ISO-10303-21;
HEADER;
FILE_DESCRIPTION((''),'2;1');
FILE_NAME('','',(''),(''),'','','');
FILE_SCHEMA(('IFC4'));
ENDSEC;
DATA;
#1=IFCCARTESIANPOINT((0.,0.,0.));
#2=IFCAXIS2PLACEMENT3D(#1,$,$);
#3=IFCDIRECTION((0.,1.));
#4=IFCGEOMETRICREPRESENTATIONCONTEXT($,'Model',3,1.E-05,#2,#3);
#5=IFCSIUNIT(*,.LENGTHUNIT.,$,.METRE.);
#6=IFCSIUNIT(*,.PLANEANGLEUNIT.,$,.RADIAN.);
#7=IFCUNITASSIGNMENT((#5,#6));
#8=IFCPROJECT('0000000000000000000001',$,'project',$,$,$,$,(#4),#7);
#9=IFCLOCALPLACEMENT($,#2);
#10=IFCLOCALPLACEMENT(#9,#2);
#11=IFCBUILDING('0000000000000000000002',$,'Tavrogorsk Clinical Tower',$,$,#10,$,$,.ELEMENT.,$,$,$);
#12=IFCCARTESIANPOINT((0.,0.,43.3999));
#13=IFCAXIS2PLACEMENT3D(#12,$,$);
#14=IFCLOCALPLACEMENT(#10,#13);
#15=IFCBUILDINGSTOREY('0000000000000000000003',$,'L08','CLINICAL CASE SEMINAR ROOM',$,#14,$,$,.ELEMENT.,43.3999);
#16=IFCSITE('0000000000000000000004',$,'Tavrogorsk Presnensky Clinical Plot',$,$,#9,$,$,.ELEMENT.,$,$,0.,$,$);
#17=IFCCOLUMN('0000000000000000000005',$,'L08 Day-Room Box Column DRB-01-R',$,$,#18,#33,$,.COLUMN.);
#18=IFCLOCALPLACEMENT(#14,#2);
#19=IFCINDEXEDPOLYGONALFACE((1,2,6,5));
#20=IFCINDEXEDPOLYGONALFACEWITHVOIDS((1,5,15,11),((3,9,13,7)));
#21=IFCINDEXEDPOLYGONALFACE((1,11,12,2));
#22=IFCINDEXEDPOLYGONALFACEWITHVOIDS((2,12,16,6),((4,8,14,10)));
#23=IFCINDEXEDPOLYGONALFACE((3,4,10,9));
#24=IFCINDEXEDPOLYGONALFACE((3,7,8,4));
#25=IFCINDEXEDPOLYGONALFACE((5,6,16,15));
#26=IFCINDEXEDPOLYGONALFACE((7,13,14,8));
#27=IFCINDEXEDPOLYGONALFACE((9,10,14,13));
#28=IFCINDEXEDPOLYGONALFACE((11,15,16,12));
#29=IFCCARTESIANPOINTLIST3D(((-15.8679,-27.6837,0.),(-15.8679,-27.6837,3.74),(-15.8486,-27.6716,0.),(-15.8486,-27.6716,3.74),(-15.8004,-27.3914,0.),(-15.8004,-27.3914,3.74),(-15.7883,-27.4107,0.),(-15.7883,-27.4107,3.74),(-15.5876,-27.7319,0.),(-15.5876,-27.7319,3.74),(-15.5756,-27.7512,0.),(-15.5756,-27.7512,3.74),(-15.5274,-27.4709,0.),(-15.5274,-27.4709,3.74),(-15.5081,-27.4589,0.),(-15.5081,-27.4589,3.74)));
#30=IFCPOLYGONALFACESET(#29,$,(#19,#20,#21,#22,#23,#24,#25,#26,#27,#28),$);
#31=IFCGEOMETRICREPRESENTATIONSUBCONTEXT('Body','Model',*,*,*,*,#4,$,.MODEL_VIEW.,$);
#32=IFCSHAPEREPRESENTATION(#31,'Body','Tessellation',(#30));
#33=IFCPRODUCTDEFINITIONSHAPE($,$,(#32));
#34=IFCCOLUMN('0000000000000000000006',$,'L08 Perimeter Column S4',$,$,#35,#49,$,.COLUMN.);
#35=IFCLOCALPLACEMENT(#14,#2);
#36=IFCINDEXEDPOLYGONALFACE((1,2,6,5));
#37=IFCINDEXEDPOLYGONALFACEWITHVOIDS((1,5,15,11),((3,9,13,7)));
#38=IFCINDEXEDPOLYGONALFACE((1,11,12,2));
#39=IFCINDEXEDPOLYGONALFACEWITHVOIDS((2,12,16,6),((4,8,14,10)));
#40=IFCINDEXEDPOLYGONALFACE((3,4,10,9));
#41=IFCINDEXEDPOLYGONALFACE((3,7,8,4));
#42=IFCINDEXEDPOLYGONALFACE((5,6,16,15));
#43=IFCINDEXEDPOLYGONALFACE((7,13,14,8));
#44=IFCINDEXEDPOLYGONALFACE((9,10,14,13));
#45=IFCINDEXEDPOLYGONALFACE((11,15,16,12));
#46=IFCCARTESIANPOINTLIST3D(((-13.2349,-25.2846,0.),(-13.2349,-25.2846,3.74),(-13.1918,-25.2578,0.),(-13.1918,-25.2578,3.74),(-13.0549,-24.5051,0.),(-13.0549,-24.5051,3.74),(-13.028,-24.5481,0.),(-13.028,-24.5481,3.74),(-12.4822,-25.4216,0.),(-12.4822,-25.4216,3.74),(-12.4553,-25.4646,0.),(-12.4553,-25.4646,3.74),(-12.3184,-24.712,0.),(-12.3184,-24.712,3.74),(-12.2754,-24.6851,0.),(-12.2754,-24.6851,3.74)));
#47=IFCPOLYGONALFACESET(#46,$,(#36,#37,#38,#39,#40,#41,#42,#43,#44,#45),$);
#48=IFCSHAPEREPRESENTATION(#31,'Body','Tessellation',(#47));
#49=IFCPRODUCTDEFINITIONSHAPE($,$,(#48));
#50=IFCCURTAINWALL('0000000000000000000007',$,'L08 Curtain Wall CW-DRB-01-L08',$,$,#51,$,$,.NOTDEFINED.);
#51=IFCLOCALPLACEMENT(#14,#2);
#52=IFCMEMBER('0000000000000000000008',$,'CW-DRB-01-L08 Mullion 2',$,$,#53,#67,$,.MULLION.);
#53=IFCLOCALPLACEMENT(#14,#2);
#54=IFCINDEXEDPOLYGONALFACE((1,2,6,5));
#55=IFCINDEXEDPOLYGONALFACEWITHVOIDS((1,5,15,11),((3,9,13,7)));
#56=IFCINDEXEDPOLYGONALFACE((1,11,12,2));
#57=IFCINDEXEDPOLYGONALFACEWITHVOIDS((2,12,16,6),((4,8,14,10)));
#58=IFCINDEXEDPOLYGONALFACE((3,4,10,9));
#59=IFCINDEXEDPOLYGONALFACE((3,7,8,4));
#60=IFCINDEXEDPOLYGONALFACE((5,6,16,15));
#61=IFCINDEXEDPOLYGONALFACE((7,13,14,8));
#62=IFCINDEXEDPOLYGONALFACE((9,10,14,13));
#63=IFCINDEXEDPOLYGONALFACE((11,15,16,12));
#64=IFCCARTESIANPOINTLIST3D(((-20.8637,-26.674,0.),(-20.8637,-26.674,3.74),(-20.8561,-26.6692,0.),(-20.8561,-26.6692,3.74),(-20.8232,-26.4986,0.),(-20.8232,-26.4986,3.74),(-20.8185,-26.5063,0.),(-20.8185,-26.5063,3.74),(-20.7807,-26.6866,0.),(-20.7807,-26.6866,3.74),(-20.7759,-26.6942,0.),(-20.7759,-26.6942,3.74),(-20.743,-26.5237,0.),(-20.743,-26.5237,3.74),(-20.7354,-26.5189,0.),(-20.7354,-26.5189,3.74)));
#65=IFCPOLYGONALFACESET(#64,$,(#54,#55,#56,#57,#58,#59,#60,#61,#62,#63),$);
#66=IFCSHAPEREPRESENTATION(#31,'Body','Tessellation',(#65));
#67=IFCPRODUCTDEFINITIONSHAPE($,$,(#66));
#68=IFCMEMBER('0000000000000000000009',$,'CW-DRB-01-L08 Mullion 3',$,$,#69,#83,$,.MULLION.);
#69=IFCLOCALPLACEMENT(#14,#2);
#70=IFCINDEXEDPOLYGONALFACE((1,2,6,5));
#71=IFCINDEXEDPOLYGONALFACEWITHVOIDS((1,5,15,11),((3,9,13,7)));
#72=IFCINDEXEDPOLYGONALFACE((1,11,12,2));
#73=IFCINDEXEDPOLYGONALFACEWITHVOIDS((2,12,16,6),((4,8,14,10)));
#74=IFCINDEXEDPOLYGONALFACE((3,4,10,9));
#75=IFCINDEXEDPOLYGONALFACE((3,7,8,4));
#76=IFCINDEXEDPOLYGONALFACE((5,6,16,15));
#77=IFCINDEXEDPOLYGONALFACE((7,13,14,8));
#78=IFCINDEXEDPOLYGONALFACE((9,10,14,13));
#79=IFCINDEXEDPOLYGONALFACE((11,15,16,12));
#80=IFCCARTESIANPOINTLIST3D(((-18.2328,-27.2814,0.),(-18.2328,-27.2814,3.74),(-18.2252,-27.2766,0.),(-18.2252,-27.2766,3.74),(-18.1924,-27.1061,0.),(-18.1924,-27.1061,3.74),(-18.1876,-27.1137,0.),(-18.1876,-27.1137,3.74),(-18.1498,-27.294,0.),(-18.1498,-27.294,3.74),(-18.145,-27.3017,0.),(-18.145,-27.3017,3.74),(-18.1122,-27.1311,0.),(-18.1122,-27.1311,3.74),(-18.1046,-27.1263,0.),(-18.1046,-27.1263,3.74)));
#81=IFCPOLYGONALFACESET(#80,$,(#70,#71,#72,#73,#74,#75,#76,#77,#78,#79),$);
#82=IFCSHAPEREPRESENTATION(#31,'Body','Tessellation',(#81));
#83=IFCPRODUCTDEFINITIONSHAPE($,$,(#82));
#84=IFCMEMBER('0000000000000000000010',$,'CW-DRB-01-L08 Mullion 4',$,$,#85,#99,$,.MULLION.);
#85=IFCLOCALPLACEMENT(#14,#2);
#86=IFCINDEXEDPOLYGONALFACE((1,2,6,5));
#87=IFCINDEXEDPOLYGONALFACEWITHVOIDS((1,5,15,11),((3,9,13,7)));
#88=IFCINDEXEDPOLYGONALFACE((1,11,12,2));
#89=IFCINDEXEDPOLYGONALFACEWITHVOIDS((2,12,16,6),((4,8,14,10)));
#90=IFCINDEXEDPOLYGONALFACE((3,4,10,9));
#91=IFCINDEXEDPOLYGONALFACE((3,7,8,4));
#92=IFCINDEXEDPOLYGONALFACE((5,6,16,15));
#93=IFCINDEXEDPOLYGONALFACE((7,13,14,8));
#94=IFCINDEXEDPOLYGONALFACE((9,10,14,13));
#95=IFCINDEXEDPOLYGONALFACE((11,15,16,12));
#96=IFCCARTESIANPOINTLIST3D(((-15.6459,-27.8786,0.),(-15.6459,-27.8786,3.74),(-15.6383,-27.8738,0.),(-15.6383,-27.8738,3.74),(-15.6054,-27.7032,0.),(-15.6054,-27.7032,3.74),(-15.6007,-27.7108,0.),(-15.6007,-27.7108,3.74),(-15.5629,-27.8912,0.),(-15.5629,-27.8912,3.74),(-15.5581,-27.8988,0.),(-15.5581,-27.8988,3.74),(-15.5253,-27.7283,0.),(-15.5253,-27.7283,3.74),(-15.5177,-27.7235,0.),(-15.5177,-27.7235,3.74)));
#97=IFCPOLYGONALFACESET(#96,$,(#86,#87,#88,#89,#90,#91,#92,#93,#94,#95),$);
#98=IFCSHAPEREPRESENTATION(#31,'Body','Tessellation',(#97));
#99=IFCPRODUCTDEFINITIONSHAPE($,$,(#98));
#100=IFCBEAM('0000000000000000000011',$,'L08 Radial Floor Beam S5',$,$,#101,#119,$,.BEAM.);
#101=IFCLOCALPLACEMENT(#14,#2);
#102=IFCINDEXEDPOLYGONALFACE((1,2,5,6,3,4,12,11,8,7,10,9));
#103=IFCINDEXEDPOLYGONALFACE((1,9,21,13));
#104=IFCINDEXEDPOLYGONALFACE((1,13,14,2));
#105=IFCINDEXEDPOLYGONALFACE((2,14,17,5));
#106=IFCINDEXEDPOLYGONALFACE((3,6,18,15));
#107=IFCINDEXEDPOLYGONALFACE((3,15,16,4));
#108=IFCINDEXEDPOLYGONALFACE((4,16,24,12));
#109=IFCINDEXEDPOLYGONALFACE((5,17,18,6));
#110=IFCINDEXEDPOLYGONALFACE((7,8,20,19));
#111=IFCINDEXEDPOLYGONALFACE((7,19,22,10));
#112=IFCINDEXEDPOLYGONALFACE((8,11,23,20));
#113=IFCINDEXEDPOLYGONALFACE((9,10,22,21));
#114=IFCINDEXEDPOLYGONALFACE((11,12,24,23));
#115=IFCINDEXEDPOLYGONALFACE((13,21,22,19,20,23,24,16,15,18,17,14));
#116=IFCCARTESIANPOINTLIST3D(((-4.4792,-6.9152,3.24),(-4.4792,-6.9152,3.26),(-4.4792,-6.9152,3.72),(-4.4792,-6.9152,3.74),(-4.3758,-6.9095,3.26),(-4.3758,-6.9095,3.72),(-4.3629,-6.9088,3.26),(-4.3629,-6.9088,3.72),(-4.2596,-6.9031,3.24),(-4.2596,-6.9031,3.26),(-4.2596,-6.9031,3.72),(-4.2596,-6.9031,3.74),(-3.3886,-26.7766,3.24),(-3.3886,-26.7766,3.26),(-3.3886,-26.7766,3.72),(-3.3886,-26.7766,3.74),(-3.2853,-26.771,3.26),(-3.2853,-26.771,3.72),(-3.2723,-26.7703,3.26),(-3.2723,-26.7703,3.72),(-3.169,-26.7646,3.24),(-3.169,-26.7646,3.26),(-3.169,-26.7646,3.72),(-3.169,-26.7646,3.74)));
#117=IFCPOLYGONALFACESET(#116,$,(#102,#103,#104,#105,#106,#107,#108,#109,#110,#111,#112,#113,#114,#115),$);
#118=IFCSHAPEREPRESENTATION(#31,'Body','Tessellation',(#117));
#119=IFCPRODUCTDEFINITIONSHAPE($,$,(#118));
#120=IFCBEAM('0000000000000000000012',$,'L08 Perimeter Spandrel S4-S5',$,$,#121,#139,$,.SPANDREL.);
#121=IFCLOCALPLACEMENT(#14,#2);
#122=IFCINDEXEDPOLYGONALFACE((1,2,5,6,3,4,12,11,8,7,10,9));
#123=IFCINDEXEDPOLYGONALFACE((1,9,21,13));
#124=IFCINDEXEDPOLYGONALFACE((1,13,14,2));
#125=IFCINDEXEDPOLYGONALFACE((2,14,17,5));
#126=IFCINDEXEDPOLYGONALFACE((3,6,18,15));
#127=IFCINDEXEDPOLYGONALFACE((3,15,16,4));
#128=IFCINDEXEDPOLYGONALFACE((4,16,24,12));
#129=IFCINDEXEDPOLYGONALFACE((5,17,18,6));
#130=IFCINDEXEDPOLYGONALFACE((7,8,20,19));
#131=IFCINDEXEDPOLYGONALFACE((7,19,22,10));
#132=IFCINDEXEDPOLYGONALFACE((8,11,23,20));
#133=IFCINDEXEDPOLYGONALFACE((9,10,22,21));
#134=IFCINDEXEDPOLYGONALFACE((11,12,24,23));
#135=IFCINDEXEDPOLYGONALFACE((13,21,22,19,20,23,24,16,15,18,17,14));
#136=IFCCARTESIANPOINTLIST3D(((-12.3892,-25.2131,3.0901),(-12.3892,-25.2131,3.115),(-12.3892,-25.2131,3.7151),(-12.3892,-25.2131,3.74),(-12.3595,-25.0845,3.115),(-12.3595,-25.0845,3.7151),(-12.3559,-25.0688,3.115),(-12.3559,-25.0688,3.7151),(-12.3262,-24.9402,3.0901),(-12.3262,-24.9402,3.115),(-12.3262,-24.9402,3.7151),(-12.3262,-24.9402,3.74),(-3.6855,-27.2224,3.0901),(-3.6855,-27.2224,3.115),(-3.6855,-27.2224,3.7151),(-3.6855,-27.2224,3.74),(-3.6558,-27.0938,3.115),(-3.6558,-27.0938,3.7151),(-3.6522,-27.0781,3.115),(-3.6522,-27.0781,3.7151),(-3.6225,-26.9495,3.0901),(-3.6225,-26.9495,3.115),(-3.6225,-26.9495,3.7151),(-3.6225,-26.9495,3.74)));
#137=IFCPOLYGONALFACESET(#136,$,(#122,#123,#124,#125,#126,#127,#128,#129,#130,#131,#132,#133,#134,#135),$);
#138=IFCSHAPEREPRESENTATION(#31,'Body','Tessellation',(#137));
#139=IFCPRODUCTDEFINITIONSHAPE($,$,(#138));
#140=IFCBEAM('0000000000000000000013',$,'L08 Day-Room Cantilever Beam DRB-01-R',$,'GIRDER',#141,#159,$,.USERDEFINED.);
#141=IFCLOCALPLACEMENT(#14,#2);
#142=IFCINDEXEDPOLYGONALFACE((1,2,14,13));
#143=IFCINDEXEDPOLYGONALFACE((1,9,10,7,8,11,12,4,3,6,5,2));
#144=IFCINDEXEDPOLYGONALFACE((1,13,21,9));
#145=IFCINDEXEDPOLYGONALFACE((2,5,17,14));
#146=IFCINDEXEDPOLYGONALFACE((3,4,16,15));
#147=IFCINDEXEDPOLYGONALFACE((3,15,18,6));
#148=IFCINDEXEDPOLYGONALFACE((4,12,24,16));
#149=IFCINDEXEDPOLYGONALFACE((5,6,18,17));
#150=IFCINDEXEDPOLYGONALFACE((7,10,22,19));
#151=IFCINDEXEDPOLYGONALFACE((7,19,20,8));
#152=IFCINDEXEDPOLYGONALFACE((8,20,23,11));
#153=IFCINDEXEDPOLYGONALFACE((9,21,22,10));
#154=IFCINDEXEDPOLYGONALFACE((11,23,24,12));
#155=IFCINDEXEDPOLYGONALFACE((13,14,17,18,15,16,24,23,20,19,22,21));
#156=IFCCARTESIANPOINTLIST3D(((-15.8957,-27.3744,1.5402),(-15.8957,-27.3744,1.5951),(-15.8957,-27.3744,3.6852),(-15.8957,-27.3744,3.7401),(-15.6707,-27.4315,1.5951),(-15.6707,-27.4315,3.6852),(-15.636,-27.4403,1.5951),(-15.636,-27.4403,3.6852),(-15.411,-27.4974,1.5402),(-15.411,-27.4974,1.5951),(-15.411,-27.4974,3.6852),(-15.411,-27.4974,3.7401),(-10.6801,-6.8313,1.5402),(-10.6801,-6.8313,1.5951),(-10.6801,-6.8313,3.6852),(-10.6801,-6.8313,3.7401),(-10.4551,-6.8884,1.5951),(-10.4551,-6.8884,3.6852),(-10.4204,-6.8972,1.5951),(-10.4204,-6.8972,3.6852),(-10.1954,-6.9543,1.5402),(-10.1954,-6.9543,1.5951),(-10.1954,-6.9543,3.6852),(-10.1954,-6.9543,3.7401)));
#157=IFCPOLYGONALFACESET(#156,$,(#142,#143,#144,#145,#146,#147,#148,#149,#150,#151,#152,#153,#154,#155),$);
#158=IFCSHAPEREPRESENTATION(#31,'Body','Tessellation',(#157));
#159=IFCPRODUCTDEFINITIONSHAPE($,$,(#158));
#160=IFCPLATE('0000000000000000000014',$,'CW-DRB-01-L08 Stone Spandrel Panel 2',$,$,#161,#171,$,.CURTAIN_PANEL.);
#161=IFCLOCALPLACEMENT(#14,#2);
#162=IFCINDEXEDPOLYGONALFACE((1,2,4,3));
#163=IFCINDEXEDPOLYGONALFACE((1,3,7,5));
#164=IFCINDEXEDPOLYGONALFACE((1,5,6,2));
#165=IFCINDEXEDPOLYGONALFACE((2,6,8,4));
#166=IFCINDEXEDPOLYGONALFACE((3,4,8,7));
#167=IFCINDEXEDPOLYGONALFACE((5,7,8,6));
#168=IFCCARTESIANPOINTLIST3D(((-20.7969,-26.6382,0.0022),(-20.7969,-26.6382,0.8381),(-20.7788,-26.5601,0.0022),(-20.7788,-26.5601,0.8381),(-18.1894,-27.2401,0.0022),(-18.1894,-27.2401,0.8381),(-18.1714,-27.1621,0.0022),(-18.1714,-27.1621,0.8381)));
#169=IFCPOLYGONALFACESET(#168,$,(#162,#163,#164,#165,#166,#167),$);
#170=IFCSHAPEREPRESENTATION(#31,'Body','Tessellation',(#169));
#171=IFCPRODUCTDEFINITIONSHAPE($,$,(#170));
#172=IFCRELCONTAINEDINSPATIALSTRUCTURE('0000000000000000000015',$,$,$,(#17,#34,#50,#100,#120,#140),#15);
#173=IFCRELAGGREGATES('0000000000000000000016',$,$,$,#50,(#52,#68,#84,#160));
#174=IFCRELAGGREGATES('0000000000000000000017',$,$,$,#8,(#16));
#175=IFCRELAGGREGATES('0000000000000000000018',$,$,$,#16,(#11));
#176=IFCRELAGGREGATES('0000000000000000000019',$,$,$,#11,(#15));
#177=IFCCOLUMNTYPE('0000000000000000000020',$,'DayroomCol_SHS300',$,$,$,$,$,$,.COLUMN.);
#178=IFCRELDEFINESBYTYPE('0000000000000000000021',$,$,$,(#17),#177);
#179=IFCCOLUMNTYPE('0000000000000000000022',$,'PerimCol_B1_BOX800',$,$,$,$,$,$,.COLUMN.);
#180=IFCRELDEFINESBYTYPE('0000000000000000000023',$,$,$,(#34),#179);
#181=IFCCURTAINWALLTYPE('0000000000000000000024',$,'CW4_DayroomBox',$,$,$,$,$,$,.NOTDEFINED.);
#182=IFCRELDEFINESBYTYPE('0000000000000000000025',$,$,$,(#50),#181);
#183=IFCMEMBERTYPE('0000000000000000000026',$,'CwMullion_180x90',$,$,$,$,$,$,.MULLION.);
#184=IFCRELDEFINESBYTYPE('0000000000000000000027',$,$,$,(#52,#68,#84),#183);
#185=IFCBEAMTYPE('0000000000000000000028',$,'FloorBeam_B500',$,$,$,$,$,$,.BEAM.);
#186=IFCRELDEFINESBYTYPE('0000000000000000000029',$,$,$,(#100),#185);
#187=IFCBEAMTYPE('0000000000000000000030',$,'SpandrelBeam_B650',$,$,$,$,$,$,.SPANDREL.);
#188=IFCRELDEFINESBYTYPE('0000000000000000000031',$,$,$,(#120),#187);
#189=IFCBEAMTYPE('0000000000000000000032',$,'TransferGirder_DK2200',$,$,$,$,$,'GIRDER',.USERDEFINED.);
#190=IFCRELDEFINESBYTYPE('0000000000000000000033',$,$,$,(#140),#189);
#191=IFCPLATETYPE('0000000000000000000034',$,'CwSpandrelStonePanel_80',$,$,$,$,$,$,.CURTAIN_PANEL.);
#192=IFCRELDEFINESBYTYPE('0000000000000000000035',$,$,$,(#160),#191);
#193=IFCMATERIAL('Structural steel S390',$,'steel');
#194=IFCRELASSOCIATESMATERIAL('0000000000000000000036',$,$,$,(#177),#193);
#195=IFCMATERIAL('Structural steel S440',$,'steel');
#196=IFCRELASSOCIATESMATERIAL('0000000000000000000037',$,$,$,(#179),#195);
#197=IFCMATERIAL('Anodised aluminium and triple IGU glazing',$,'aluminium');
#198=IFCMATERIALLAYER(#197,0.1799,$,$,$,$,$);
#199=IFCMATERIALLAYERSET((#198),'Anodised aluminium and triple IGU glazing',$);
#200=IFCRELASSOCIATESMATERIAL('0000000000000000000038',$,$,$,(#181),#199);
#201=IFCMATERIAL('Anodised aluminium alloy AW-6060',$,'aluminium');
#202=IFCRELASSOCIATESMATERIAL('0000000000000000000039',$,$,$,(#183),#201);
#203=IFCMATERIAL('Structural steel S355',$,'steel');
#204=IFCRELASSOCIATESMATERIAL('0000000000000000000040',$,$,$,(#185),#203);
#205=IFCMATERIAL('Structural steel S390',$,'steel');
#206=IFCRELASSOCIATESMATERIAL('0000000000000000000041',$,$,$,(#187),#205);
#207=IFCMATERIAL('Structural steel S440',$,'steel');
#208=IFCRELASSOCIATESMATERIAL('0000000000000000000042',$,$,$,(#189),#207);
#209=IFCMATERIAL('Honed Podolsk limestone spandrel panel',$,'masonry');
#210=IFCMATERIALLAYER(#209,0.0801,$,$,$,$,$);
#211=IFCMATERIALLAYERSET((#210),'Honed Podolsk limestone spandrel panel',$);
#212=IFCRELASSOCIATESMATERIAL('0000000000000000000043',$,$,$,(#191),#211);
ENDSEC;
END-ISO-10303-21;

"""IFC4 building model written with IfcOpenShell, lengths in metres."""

from ifc_helpers import new_model, si_unit, direction, frame, origin, origin_2d, place, context, subcontext, project, spatial, rectangle, hollow_rectangle, i_section, extrude, material, layer, layer_set, material_profile, profile_set, type_object, element, aggregate, save


model = new_model("IFC4")

# Units and contexts
model_context = context("Model", 3, precision=1e-05, world=origin(), true_north=direction((0.0, 1.0)))
body_context = subcontext(model_context, "Body", "Model", "MODEL_VIEW")
ifc_project = project(units=[si_unit("LENGTHUNIT", "METRE"), si_unit("PLANEANGLEUNIT", "RADIAN")], contexts=[model_context])

# Site, building, storey
site_placement = place(None, origin())
site = spatial("IfcSite", under=ifc_project, at=site_placement, Name="Tavrogorsk Presnensky Clinical Plot", CompositionType="ELEMENT", RefElevation=0.0)
building_placement = place(site_placement, origin())
building = spatial("IfcBuilding", under=site, at=building_placement, Name="Tavrogorsk Clinical Tower", CompositionType="ELEMENT")
storey_placement = place(building_placement, frame((0.0, 0.0, 43.3999)))
storey = spatial("IfcBuildingStorey", under=building, at=storey_placement, Name="L08", Description="CLINICAL CASE SEMINAR ROOM", CompositionType="ELEMENT", Elevation=43.3999)

# Columns
ifc_material_1 = material(Name="Structural steel S390", Category="steel")
ifc_material_profile_1 = material_profile(ifc_material_1, hollow_rectangle(XDim=0.3, YDim=0.3, WallThickness=0.0161, at=origin_2d()), Name="SHS-300x300x16")
ifc_profile_set_1 = profile_set([ifc_material_profile_1], Name="Structural steel S390")
column_type_1 = type_object("IfcColumnType", Name="DayroomCol_SHS300", PredefinedType="COLUMN", material=ifc_profile_set_1)
column_1_placement = place(storey_placement, frame((-15.688, -27.5713, 0.0), z_axis=(0.0, 0.0, 1.0), x_axis=(0.97437, -0.224951, 0.0)))
element("IfcColumn", 1, at=column_1_placement, inside=storey, type_object=column_type_1, Name="L08 Day-Room Box Column DRB-01-R", PredefinedType="COLUMN", context=body_context, shape_type="SweptSolid", body=[
    extrude(hollow_rectangle(XDim=0.3, YDim=0.3, WallThickness=0.0161, at=origin_2d()), origin(), (0.0, 0.0, 1.0), 3.74),
])
ifc_material_2 = material(Name="Structural steel S440", Category="steel")
ifc_material_profile_2 = material_profile(ifc_material_2, hollow_rectangle(XDim=0.8, YDim=0.8, WallThickness=0.0359, at=origin_2d()), Name="BOX-800x800x36")
ifc_profile_set_2 = profile_set([ifc_material_profile_2], Name="Structural steel S440")
column_type_2 = type_object("IfcColumnType", Name="PerimCol_B1_BOX800", PredefinedType="COLUMN", material=ifc_profile_set_2)
column_2_placement = place(storey_placement, frame((-12.7551, -24.9849, 0.0), z_axis=(0.0, 0.0, 1.0), x_axis=(0.97437, -0.224951, 0.0)))
element("IfcColumn", 2, at=column_2_placement, inside=storey, type_object=column_type_2, Name="L08 Perimeter Column S4", PredefinedType="COLUMN", context=body_context, shape_type="SweptSolid", body=[
    extrude(hollow_rectangle(XDim=0.8, YDim=0.8, WallThickness=0.0359, at=origin_2d()), origin(), (0.0, 0.0, 1.0), 3.74),
])

# Curtain wall, members
ifc_material_3 = material(Name="Anodised aluminium and triple IGU glazing", Category="aluminium")
ifc_layer_1 = layer(ifc_material_3, 0.1799)
ifc_layer_set_1 = layer_set([ifc_layer_1], Name="Anodised aluminium and triple IGU glazing")
curtain_wall_type = type_object("IfcCurtainWallType", Name="CW4_DayroomBox", PredefinedType="NOTDEFINED", material=ifc_layer_set_1)
curtain_wall_placement = place(storey_placement, origin())
curtain_wall = element("IfcCurtainWall", 3, at=curtain_wall_placement, inside=storey, type_object=curtain_wall_type, Name="L08 Curtain Wall CW-DRB-01-L08", PredefinedType="NOTDEFINED")
ifc_material_4 = material(Name="Anodised aluminium alloy AW-6060", Category="aluminium")
ifc_material_profile_3 = material_profile(ifc_material_4, hollow_rectangle(XDim=0.0901, YDim=0.1799, WallThickness=0.0063, at=origin_2d()), Name="RHS-180x90x6.3")
ifc_profile_set_3 = profile_set([ifc_material_profile_3], Name="Anodised aluminium alloy AW-6060")
member_type = type_object("IfcMemberType", Name="CwMullion_180x90", PredefinedType="MULLION", material=ifc_profile_set_3)
member_1_placement = place(storey_placement, frame((-20.7996, -26.5964, 0.0), z_axis=(0.0, 0.0, 1.0), x_axis=(0.97437, -0.224951, 0.0)))
member_1 = element("IfcMember", 4, at=member_1_placement, type_object=member_type, Name="CW-DRB-01-L08 Mullion 2", PredefinedType="MULLION", context=body_context, shape_type="SweptSolid", body=[
    extrude(hollow_rectangle(XDim=0.0901, YDim=0.1799, WallThickness=0.0063, at=origin_2d()), origin(), (0.0, 0.0, 1.0), 3.74),
])
member_2_placement = place(storey_placement, frame((-18.1687, -27.2039, 0.0), z_axis=(0.0, 0.0, 1.0), x_axis=(0.97437, -0.224951, 0.0)))
member_2 = element("IfcMember", 5, at=member_2_placement, type_object=member_type, Name="CW-DRB-01-L08 Mullion 3", PredefinedType="MULLION", context=body_context, shape_type="SweptSolid", body=[
    extrude(hollow_rectangle(XDim=0.0901, YDim=0.1799, WallThickness=0.0063, at=origin_2d()), origin(), (0.0, 0.0, 1.0), 3.74),
])
member_3_placement = place(storey_placement, frame((-15.5818, -27.801, 0.0), z_axis=(0.0, 0.0, 1.0), x_axis=(0.97437, -0.224951, 0.0)))
member_3 = element("IfcMember", 6, at=member_3_placement, type_object=member_type, Name="CW-DRB-01-L08 Mullion 4", PredefinedType="MULLION", context=body_context, shape_type="SweptSolid", body=[
    extrude(hollow_rectangle(XDim=0.0901, YDim=0.1799, WallThickness=0.0063, at=origin_2d()), origin(), (0.0, 0.0, 1.0), 3.74),
])

# Beams
ifc_material_5 = material(Name="Structural steel S355", Category="steel")
ifc_material_profile_4 = material_profile(ifc_material_5, i_section(OverallWidth=0.22, OverallDepth=0.5, WebThickness=0.0129, FlangeThickness=0.02, at=origin_2d()), Name="B-500x220x13x20")
ifc_profile_set_4 = profile_set([ifc_material_profile_4], Name="Structural steel S355")
beam_type_1 = type_object("IfcBeamType", Name="FloorBeam_B500", PredefinedType="BEAM", material=ifc_profile_set_4)
beam_1_placement = place(storey_placement, frame((-4.3694, -6.9092, 3.49), z_axis=(0.054827, -0.998496, 0.0), x_axis=(0.998496, 0.054827, 0.0)))
element("IfcBeam", 7, at=beam_1_placement, inside=storey, type_object=beam_type_1, Name="L08 Radial Floor Beam S5", PredefinedType="BEAM", context=body_context, shape_type="SweptSolid", body=[
    extrude(i_section(OverallWidth=0.22, OverallDepth=0.5, WebThickness=0.0129, FlangeThickness=0.02, at=origin_2d()), origin(), (0.0, 0.0, 1.0), 19.8914),
])
ifc_material_6 = material(Name="Structural steel S390", Category="steel")
ifc_material_profile_5 = material_profile(ifc_material_6, i_section(OverallWidth=0.28, OverallDepth=0.6499, WebThickness=0.0161, FlangeThickness=0.0249, at=origin_2d()), Name="B-650x280x16x25")
ifc_profile_set_5 = profile_set([ifc_material_profile_5], Name="Structural steel S390")
beam_type_2 = type_object("IfcBeamType", Name="SpandrelBeam_B650", PredefinedType="SPANDREL", material=ifc_profile_set_5)
beam_2_placement = place(storey_placement, frame((-12.3577, -25.0767, 3.415), z_axis=(0.974373, -0.224939, 0.0), x_axis=(0.224939, 0.974373, 0.0)))
element("IfcBeam", 8, at=beam_2_placement, inside=storey, type_object=beam_type_2, Name="L08 Perimeter Spandrel S4-S5", PredefinedType="SPANDREL", context=body_context, shape_type="SweptSolid", body=[
    extrude(i_section(OverallWidth=0.28, OverallDepth=0.6499, WebThickness=0.0161, FlangeThickness=0.0249, at=origin_2d()), origin(), (0.0, 0.0, 1.0), 8.9326),
])
ifc_material_7 = material(Name="Structural steel S440", Category="steel")
ifc_material_profile_6 = material_profile(ifc_material_7, i_section(OverallWidth=0.5, OverallDepth=2.2, WebThickness=0.0359, FlangeThickness=0.0549, at=origin_2d()), Name="DK-2200x500x36x55")
ifc_profile_set_6 = profile_set([ifc_material_profile_6], Name="Structural steel S440")
beam_type_3 = type_object("IfcBeamType", Name="TransferGirder_DK2200", ElementType="GIRDER", PredefinedType="USERDEFINED", material=ifc_profile_set_6)
beam_3_placement = place(storey_placement, frame((-10.4377, -6.8928, 2.6401), z_axis=(-0.246079, -0.96925, 0.0), x_axis=(0.96925, -0.246079, 0.0)))
element("IfcBeam", 9, at=beam_3_placement, inside=storey, type_object=beam_type_3, Name="L08 Day-Room Cantilever Beam DRB-01-R", ObjectType="GIRDER", PredefinedType="USERDEFINED", context=body_context, shape_type="SweptSolid", body=[
    extrude(i_section(OverallWidth=0.5, OverallDepth=2.2, WebThickness=0.0359, FlangeThickness=0.0549, at=origin_2d()), origin(), (0.0, 0.0, 1.0), 21.1948),
])

# Plate
ifc_material_8 = material(Name="Honed Podolsk limestone spandrel panel", Category="masonry")
ifc_layer_2 = layer(ifc_material_8, 0.0801)
ifc_layer_set_2 = layer_set([ifc_layer_2], Name="Honed Podolsk limestone spandrel panel")
plate_type_1 = type_object("IfcPlateType", Name="CwSpandrelStonePanel_80", PredefinedType="CURTAIN_PANEL", material=ifc_layer_set_2)
plate_1_placement = place(storey_placement, frame((-19.4841, -26.9001, 0.0022), z_axis=(0.0, 0.0, 1.0), x_axis=(0.97437, -0.224951, 0.0)))
plate_1 = element("IfcPlate", 10, at=plate_1_placement, type_object=plate_type_1, Name="CW-DRB-01-L08 Stone Spandrel Panel 2", PredefinedType="CURTAIN_PANEL", context=body_context, shape_type="SweptSolid", body=[
    extrude(rectangle(XDim=2.676, YDim=0.0801, at=origin_2d()), origin(), (0.0, 0.0, 1.0), 0.8359),
])
aggregate(curtain_wall, [member_1, member_2, member_3, plate_1])

save(model, "model.ifc")
